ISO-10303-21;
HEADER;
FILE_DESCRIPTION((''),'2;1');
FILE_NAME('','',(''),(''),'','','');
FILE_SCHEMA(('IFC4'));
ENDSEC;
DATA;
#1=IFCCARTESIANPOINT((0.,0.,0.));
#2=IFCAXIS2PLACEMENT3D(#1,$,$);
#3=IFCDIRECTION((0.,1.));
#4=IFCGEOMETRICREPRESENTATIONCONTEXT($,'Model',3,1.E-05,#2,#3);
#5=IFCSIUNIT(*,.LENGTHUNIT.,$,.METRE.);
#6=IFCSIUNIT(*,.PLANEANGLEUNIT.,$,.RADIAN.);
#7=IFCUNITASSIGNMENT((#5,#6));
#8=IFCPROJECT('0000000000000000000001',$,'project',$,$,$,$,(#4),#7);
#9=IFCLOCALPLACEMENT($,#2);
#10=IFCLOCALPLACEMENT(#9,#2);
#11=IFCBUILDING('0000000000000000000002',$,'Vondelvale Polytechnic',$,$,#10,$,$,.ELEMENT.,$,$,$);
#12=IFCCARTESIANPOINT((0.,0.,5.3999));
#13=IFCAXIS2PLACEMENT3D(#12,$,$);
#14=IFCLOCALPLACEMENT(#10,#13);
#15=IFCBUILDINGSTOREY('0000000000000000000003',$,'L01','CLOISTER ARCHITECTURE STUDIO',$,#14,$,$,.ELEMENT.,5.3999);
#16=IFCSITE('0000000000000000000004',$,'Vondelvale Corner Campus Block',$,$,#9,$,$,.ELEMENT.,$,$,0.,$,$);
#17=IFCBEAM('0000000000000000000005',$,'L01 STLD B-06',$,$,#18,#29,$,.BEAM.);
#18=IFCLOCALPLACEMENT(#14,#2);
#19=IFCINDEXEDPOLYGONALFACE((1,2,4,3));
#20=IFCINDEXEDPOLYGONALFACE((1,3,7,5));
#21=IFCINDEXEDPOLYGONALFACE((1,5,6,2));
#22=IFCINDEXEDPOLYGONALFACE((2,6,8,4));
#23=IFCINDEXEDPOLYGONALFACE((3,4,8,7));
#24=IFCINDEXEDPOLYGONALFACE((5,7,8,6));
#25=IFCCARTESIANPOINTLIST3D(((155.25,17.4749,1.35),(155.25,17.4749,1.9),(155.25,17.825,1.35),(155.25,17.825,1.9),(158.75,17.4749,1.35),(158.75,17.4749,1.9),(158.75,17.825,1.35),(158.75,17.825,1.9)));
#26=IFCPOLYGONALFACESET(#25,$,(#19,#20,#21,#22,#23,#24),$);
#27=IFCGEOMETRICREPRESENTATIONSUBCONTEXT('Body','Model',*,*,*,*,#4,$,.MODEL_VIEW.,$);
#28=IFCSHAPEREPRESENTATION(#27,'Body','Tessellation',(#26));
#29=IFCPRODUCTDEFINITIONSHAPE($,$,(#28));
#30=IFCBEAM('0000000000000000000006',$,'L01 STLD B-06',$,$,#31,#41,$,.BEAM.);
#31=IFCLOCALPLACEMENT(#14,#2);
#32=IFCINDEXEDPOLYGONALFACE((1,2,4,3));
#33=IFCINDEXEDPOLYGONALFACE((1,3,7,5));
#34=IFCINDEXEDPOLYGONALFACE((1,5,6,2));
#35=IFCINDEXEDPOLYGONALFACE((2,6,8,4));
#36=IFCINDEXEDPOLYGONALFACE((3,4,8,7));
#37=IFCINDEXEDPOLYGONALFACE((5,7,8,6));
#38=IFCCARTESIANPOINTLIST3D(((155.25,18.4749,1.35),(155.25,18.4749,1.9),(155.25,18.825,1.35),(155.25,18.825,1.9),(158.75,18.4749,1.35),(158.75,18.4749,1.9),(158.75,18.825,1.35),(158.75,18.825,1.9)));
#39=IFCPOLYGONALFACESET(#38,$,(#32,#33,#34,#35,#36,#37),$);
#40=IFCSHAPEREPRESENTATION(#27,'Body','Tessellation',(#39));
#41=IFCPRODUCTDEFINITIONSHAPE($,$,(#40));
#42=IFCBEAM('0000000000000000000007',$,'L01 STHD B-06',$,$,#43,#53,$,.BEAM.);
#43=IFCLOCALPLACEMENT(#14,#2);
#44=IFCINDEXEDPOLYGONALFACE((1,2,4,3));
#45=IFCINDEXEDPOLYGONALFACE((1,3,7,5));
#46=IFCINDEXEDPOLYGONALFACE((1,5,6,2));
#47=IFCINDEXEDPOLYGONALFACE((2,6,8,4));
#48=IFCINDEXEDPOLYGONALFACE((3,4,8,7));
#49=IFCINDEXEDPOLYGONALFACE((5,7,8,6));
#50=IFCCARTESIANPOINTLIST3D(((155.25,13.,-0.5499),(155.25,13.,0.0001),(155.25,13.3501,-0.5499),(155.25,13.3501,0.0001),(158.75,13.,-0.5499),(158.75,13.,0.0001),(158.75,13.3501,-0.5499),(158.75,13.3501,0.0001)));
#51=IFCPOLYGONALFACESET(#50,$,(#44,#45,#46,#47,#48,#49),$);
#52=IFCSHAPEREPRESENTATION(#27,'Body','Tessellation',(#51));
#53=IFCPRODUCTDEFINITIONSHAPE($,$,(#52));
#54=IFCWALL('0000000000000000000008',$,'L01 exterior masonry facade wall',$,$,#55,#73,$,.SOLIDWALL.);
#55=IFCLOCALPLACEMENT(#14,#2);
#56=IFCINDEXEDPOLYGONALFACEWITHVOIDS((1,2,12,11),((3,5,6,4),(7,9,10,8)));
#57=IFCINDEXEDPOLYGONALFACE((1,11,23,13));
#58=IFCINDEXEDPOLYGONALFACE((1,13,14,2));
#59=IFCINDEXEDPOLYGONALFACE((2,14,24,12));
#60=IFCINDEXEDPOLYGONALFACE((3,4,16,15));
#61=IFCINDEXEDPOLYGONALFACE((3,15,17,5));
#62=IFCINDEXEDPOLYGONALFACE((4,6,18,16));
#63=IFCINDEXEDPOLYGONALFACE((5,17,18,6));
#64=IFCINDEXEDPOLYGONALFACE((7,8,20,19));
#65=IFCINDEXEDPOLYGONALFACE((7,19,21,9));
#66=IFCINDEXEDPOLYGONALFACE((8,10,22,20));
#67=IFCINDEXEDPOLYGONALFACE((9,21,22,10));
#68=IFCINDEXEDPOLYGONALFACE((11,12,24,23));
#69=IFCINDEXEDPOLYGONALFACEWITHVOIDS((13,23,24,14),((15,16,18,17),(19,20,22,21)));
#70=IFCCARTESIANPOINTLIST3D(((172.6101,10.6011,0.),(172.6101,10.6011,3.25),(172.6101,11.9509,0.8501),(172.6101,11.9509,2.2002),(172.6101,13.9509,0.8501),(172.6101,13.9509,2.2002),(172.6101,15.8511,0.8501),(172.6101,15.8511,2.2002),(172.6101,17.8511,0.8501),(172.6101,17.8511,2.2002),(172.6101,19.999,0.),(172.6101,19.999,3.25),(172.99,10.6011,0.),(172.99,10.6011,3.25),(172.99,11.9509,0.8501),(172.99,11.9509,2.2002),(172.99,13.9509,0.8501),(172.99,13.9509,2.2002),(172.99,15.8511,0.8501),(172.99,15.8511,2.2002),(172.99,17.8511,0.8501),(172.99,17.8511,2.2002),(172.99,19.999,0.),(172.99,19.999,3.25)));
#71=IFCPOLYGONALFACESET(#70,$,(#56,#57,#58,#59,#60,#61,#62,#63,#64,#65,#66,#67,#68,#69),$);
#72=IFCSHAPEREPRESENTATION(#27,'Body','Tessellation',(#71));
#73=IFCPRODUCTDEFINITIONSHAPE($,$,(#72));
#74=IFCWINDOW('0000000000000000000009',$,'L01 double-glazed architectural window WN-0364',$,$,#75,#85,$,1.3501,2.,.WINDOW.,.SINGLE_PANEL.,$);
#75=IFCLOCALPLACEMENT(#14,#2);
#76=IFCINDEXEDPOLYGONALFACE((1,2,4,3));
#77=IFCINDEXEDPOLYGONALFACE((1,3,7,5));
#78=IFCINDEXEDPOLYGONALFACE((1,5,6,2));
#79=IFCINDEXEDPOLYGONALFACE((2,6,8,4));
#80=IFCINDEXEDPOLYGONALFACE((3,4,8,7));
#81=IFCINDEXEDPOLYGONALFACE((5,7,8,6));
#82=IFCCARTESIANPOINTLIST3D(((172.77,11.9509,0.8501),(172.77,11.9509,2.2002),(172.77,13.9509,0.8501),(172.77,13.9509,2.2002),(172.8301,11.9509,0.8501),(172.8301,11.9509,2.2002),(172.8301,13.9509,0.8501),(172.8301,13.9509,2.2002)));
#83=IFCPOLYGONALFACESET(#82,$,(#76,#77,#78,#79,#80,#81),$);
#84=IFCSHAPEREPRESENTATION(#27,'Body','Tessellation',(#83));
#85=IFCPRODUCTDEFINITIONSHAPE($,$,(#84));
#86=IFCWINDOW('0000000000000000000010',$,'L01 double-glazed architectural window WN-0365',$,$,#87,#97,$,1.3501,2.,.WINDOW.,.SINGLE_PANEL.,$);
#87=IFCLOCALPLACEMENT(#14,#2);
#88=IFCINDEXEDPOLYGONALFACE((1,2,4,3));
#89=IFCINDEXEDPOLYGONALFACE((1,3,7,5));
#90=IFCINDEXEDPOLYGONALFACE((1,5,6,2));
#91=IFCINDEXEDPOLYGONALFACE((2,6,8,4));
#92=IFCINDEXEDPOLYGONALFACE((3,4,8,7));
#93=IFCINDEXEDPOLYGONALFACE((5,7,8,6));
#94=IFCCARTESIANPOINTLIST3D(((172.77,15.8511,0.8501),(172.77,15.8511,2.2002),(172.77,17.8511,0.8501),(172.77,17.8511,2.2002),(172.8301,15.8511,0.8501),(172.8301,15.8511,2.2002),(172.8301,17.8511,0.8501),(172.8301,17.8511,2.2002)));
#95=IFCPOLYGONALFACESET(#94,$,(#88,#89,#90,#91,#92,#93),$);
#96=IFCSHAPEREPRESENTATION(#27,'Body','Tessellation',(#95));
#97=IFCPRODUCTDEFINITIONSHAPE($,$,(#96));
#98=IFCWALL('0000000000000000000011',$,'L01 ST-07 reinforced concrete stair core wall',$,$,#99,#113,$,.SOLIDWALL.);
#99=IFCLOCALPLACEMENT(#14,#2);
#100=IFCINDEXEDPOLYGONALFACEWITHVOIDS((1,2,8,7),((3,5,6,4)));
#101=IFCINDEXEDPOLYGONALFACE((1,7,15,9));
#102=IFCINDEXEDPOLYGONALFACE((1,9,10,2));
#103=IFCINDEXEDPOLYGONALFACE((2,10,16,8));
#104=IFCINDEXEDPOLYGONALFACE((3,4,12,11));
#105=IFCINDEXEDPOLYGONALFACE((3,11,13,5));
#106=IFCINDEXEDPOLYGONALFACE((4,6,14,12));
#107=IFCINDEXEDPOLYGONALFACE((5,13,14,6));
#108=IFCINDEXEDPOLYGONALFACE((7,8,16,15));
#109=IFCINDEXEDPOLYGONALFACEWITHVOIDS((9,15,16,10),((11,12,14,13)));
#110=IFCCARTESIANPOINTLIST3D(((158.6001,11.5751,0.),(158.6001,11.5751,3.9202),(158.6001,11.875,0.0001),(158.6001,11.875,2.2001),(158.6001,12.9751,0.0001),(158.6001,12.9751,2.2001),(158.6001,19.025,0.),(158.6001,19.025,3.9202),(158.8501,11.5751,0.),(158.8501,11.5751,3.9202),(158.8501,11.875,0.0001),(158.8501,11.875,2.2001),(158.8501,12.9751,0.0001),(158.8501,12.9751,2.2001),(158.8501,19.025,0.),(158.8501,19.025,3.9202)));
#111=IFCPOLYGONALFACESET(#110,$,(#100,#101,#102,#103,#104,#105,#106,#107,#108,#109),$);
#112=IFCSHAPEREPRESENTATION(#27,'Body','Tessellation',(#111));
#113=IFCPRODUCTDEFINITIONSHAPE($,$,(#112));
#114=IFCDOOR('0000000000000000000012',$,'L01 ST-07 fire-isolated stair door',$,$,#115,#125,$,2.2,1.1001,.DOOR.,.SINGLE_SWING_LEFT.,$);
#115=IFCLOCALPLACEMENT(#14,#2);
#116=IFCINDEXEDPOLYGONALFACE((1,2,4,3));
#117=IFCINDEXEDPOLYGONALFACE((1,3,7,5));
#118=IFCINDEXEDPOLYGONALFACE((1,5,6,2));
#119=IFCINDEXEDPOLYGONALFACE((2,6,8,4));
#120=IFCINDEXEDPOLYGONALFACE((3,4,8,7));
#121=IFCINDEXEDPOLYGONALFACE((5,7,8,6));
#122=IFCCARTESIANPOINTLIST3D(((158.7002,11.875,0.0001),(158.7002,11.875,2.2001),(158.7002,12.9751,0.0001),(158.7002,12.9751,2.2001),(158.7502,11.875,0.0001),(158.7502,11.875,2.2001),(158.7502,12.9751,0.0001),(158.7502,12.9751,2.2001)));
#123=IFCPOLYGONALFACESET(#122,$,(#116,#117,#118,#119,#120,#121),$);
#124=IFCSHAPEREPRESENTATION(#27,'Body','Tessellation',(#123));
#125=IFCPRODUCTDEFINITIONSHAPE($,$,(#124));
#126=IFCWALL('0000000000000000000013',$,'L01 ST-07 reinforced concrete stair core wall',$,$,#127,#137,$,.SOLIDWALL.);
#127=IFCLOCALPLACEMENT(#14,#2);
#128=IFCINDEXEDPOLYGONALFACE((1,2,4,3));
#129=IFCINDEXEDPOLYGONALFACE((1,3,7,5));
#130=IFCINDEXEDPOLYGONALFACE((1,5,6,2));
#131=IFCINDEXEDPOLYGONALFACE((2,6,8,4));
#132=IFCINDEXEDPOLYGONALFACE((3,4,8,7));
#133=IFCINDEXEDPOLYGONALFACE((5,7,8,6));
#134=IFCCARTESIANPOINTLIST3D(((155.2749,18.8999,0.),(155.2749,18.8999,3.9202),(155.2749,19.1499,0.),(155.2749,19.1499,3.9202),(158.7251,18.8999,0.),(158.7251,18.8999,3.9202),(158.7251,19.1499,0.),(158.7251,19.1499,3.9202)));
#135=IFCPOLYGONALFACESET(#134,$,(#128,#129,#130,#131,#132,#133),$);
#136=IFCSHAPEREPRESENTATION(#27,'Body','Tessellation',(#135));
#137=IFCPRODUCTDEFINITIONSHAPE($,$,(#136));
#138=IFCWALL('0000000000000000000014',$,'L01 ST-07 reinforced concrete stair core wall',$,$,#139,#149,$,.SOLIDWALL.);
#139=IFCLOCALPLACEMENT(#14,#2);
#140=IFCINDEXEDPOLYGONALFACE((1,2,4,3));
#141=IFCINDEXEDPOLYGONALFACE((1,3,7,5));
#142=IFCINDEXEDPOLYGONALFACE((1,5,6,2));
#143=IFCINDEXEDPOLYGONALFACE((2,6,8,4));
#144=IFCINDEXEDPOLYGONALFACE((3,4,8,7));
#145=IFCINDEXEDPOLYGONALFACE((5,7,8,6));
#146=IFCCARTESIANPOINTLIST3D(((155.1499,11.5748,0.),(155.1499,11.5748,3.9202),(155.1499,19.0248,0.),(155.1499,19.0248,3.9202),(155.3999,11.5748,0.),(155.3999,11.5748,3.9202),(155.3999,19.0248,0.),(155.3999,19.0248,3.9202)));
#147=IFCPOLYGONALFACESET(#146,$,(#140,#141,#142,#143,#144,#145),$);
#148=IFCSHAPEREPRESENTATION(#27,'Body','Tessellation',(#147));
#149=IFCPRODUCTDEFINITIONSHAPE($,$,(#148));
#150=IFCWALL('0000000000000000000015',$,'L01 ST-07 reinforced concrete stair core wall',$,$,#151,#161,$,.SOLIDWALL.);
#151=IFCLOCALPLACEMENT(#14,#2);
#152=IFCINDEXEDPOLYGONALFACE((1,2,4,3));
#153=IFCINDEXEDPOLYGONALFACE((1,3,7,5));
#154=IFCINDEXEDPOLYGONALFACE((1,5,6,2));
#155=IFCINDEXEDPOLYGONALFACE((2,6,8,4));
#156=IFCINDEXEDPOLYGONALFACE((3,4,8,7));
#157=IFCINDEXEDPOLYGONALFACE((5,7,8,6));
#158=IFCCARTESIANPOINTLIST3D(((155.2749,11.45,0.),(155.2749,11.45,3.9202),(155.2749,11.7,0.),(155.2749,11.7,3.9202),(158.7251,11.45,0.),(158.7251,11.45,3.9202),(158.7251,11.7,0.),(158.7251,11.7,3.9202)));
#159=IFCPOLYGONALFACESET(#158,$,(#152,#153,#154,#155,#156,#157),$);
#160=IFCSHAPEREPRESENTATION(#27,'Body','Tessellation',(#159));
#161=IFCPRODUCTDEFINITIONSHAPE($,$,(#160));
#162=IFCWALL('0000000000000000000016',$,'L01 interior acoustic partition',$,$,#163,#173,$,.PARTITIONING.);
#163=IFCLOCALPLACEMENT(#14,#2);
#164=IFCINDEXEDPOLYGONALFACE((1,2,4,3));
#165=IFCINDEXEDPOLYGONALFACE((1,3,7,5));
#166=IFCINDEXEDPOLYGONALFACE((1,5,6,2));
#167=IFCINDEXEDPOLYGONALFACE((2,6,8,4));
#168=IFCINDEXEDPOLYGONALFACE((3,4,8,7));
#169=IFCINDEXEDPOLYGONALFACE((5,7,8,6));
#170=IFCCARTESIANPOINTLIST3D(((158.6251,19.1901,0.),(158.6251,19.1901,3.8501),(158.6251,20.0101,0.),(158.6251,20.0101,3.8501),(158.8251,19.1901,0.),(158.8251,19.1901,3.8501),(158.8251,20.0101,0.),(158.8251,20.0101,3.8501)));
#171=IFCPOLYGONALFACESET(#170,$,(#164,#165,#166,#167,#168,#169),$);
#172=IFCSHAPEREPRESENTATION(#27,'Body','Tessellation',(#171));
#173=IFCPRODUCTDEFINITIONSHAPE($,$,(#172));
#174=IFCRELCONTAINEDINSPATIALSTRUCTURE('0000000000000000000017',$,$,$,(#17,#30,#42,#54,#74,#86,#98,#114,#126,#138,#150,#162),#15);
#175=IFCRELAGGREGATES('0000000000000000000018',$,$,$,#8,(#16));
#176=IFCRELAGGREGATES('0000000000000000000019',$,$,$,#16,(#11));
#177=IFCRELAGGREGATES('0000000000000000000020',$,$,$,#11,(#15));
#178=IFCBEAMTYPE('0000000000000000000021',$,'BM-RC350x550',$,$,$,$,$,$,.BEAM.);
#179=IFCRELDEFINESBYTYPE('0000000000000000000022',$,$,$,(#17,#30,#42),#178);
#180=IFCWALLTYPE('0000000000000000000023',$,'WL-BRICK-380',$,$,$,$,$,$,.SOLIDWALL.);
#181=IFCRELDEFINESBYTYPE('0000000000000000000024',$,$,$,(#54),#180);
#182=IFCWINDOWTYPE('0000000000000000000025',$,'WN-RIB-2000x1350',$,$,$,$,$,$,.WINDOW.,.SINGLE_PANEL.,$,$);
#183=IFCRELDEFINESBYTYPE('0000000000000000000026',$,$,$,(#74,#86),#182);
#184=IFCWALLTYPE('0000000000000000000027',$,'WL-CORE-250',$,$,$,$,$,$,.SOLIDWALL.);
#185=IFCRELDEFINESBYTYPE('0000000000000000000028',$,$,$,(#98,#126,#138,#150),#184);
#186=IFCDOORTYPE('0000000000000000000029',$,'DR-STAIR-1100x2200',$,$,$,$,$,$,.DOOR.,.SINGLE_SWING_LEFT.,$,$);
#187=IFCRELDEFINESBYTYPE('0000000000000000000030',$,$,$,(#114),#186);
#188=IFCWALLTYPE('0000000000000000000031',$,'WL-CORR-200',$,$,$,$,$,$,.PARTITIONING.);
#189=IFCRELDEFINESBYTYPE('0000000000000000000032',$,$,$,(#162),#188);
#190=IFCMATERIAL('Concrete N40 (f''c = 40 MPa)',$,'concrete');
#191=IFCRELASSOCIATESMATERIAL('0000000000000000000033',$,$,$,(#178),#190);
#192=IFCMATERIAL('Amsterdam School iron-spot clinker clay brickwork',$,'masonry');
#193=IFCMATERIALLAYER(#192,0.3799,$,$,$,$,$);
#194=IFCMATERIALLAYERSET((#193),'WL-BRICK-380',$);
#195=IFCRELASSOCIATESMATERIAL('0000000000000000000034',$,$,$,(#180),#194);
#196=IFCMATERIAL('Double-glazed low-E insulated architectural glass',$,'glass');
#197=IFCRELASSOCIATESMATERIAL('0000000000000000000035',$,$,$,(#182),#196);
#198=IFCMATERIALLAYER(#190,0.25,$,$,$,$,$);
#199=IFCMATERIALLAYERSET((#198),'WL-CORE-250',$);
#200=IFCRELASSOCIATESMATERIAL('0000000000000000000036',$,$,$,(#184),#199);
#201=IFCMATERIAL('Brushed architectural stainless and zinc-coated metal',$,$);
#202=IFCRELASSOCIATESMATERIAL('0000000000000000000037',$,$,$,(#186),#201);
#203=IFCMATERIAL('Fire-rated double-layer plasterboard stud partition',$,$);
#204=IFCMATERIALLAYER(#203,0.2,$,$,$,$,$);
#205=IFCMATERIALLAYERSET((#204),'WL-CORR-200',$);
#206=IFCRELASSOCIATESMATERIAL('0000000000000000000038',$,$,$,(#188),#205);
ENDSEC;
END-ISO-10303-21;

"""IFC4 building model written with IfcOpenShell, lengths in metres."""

from ifc_helpers import new_model, si_unit, direction, frame, frame_2d, origin, origin_2d, place, context, subcontext, project, spatial, rectangle, extrude, material, layer, layer_set, material_profile, profile_set, type_object, element, fill, save


model = new_model("IFC4")

# Units and contexts
model_context = context("Model", 3, precision=1e-05, world=origin(), true_north=direction((0.0, 1.0)))
body_context = subcontext(model_context, "Body", "Model", "MODEL_VIEW")
ifc_project = project(units=[si_unit("LENGTHUNIT", "METRE"), si_unit("PLANEANGLEUNIT", "RADIAN")], contexts=[model_context])

# Site, building, storey
site_placement = place(None, origin())
site = spatial("IfcSite", under=ifc_project, at=site_placement, Name="Vondelvale Corner Campus Block", CompositionType="ELEMENT", RefElevation=0.0)
building_placement = place(site_placement, origin())
building = spatial("IfcBuilding", under=site, at=building_placement, Name="Vondelvale Polytechnic", CompositionType="ELEMENT")
storey_placement = place(building_placement, frame((0.0, 0.0, 5.3999)))
storey = spatial("IfcBuildingStorey", under=building, at=storey_placement, Name="L01", Description="CLOISTER ARCHITECTURE STUDIO", CompositionType="ELEMENT", Elevation=5.3999)

# Beams
ifc_material_1 = material(Name="Concrete N40 (f'c = 40 MPa)", Category="concrete")
ifc_material_profile = material_profile(ifc_material_1, rectangle(XDim=0.3501, YDim=0.55, at=origin_2d()), Name="RC-BM-350x550")
ifc_profile_set = profile_set([ifc_material_profile], Name="Concrete N40 (f'c = 40 MPa)")
beam_type = type_object("IfcBeamType", Name="BM-RC350x550", PredefinedType="BEAM", material=ifc_profile_set)
for number, where, z_axis, x_axis, name in (
    (1, (158.75, 17.6499, 1.625), (-1.0, 0.0, 0.0), (0.0, -1.0, 0.0), "L01 STLD B-06"),
    (2, (158.75, 18.6499, 1.625), (-1.0, 0.0, 0.0), (0.0, -1.0, 0.0), "L01 STLD B-06"),
    (3, (158.75, 13.175, -0.2749), (-1.0, 0.0, 0.0), (0.0, -1.0, 0.0), "L01 STHD B-06"),
):
    element("IfcBeam", number, at=place(storey_placement, frame(where, z_axis=z_axis, x_axis=x_axis)), inside=storey, type_object=beam_type, Name=name, PredefinedType="BEAM", context=body_context, shape_type="SweptSolid", body=[
        extrude(rectangle(XDim=0.3501, YDim=0.55, at=origin_2d()), origin(), (0.0, 0.0, 1.0), 3.5),
    ])

# Wall, openings, windows
ifc_material_2 = material(Name="Amsterdam School iron-spot clinker clay brickwork", Category="masonry")
ifc_layer_1 = layer(ifc_material_2, 0.3799)
ifc_layer_set_1 = layer_set([ifc_layer_1], Name="WL-BRICK-380")
wall_type_1 = type_object("IfcWallType", Name="WL-BRICK-380", PredefinedType="SOLIDWALL", material=ifc_layer_set_1)
wall_1_placement = place(storey_placement, frame((172.8, 19.999, 0.0), z_axis=(0.0, 0.0, 1.0), x_axis=(0.0, -1.0, 0.0)))
wall_1 = element("IfcWall", 4, at=wall_1_placement, inside=storey, type_object=wall_type_1, Name="L01 exterior masonry facade wall", PredefinedType="SOLIDWALL", context=body_context, shape_type="SweptSolid", body=[
    extrude(rectangle(XDim=9.3979, YDim=0.3799, at=frame_2d((4.699, 0.0))), origin(), (0.0, 0.0, 1.0), 3.25),
])
opening_1_placement = place(wall_1_placement, frame((6.0481, 0.0, 0.8501)))
opening_1 = element("IfcOpeningElement", 5, at=opening_1_placement, cuts=wall_1, PredefinedType="OPENING", context=body_context, shape_type="SweptSolid", body=[
    extrude(rectangle(XDim=2.0, YDim=1.3501, at=frame_2d((1.0, 0.675))), frame((0.0, 0.2, 0.0), z_axis=(0.0, -1.0, 0.0), x_axis=(1.0, 0.0, 0.0)), (0.0, 0.0, 1.0), 0.3999),
])
opening_2_placement = place(wall_1_placement, frame((2.1479, 0.0, 0.8501)))
opening_2 = element("IfcOpeningElement", 6, at=opening_2_placement, cuts=wall_1, PredefinedType="OPENING", context=body_context, shape_type="SweptSolid", body=[
    extrude(rectangle(XDim=2.0, YDim=1.3501, at=frame_2d((1.0, 0.675))), frame((0.0, 0.2, 0.0), z_axis=(0.0, -1.0, 0.0), x_axis=(1.0, 0.0, 0.0)), (0.0, 0.0, 1.0), 0.3999),
])
ifc_material_3 = material(Name="Double-glazed low-E insulated architectural glass", Category="glass")
window_type = type_object("IfcWindowType", Name="WN-RIB-2000x1350", PartitioningType="SINGLE_PANEL", PredefinedType="WINDOW", material=ifc_material_3)
window_1_placement = place(opening_1_placement, origin())
window_1 = element("IfcWindow", 7, at=window_1_placement, inside=storey, type_object=window_type, Name="L01 double-glazed architectural window WN-0364", OverallHeight=1.3501, OverallWidth=2.0, PartitioningType="SINGLE_PANEL", PredefinedType="WINDOW", context=body_context, shape_type="SweptSolid", body=[
    extrude(rectangle(XDim=2.0, YDim=1.3501, at=frame_2d((1.0, 0.675))), frame((0.0, 0.03, 0.0), z_axis=(0.0, -1.0, 0.0), x_axis=(1.0, 0.0, 0.0)), (0.0, 0.0, 1.0), 0.0601),
])
fill(opening_1, window_1)
window_2_placement = place(opening_2_placement, origin())
window_2 = element("IfcWindow", 8, at=window_2_placement, inside=storey, type_object=window_type, Name="L01 double-glazed architectural window WN-0365", OverallHeight=1.3501, OverallWidth=2.0, PartitioningType="SINGLE_PANEL", PredefinedType="WINDOW", context=body_context, shape_type="SweptSolid", body=[
    extrude(rectangle(XDim=2.0, YDim=1.3501, at=frame_2d((1.0, 0.675))), frame((0.0, 0.03, 0.0), z_axis=(0.0, -1.0, 0.0), x_axis=(1.0, 0.0, 0.0)), (0.0, 0.0, 1.0), 0.0601),
])
fill(opening_2, window_2)

# Wall, opening, door
ifc_layer_2 = layer(ifc_material_1, 0.25)
ifc_layer_set_2 = layer_set([ifc_layer_2], Name="WL-CORE-250")
wall_type_2 = type_object("IfcWallType", Name="WL-CORE-250", PredefinedType="SOLIDWALL", material=ifc_layer_set_2)
wall_2_placement = place(storey_placement, frame((158.7251, 11.575, 0.0), z_axis=(0.0, 0.0, 1.0), x_axis=(0.0, 1.0, 0.0)))
wall_2 = element("IfcWall", 9, at=wall_2_placement, inside=storey, type_object=wall_type_2, Name="L01 ST-07 reinforced concrete stair core wall", PredefinedType="SOLIDWALL", context=body_context, shape_type="SweptSolid", body=[
    extrude(rectangle(XDim=7.45, YDim=0.25, at=frame_2d((3.7251, 0.0))), origin(), (0.0, 0.0, 1.0), 3.9202),
])
opening_3_placement = place(wall_2_placement, frame((0.3, 0.0, 0.0)))
opening_3 = element("IfcOpeningElement", 10, at=opening_3_placement, cuts=wall_2, PredefinedType="OPENING", context=body_context, shape_type="SweptSolid", body=[
    extrude(rectangle(XDim=1.1001, YDim=2.2, at=frame_2d((0.55, 1.1001))), frame((0.0, 0.135, 0.0), z_axis=(0.0, -1.0, 0.0), x_axis=(1.0, 0.0, 0.0)), (0.0, 0.0, 1.0), 0.27),
])
ifc_material_4 = material(Name="Brushed architectural stainless and zinc-coated metal")
door_type = type_object("IfcDoorType", Name="DR-STAIR-1100x2200", OperationType="SINGLE_SWING_LEFT", PredefinedType="DOOR", material=ifc_material_4)
door_placement = place(opening_3_placement, origin())
door = element("IfcDoor", 11, at=door_placement, inside=storey, type_object=door_type, Name="L01 ST-07 fire-isolated stair door", OperationType="SINGLE_SWING_LEFT", OverallHeight=2.2, OverallWidth=1.1001, PredefinedType="DOOR", context=body_context, shape_type="SweptSolid", body=[
    extrude(rectangle(XDim=1.1001, YDim=2.2, at=frame_2d((0.55, 1.1001))), frame((0.0, 0.0249, 0.0), z_axis=(0.0, -1.0, 0.0), x_axis=(1.0, 0.0, 0.0)), (0.0, 0.0, 1.0), 0.05),
])
fill(opening_3, door)

# Walls
wall_3_placement = place(storey_placement, frame((158.7251, 19.0249, 0.0), z_axis=(0.0, 0.0, 1.0), x_axis=(-1.0, 0.0, 0.0)))
element("IfcWall", 12, at=wall_3_placement, inside=storey, type_object=wall_type_2, Name="L01 ST-07 reinforced concrete stair core wall", PredefinedType="SOLIDWALL", context=body_context, shape_type="SweptSolid", body=[
    extrude(rectangle(XDim=3.4502, YDim=0.25, at=frame_2d((1.7251, 0.0))), origin(), (0.0, 0.0, 1.0), 3.9202),
])
wall_4_placement = place(storey_placement, frame((155.2749, 19.0249, 0.0), z_axis=(0.0, 0.0, 1.0), x_axis=(0.0, -1.0, 0.0)))
element("IfcWall", 13, at=wall_4_placement, inside=storey, type_object=wall_type_2, Name="L01 ST-07 reinforced concrete stair core wall", PredefinedType="SOLIDWALL", context=body_context, shape_type="SweptSolid", body=[
    extrude(rectangle(XDim=7.45, YDim=0.25, at=frame_2d((3.7251, 0.0))), origin(), (0.0, 0.0, 1.0), 3.9202),
])
wall_5_placement = place(storey_placement, frame((155.2749, 11.575, 0.0), z_axis=(0.0, 0.0, 1.0), x_axis=(1.0, 0.0, 0.0)))
element("IfcWall", 14, at=wall_5_placement, inside=storey, type_object=wall_type_2, Name="L01 ST-07 reinforced concrete stair core wall", PredefinedType="SOLIDWALL", context=body_context, shape_type="SweptSolid", body=[
    extrude(rectangle(XDim=3.4502, YDim=0.25, at=frame_2d((1.7251, 0.0))), origin(), (0.0, 0.0, 1.0), 3.9202),
])
ifc_material_5 = material(Name="Fire-rated double-layer plasterboard stud partition")
ifc_layer_3 = layer(ifc_material_5, 0.2)
ifc_layer_set_3 = layer_set([ifc_layer_3], Name="WL-CORR-200")
wall_type_3 = type_object("IfcWallType", Name="WL-CORR-200", PredefinedType="PARTITIONING", material=ifc_layer_set_3)
wall_6_placement = place(storey_placement, frame((158.7251, 19.1899, 0.0), z_axis=(0.0, 0.0, 1.0), x_axis=(0.0, 1.0, 0.0)))
element("IfcWall", 15, at=wall_6_placement, inside=storey, type_object=wall_type_3, Name="L01 interior acoustic partition", PredefinedType="PARTITIONING", context=body_context, shape_type="SweptSolid", body=[
    extrude(rectangle(XDim=0.8201, YDim=0.2, at=frame_2d((0.4102, 0.0))), origin(), (0.0, 0.0, 1.0), 3.8501),
])

save(model, "model.ifc")
